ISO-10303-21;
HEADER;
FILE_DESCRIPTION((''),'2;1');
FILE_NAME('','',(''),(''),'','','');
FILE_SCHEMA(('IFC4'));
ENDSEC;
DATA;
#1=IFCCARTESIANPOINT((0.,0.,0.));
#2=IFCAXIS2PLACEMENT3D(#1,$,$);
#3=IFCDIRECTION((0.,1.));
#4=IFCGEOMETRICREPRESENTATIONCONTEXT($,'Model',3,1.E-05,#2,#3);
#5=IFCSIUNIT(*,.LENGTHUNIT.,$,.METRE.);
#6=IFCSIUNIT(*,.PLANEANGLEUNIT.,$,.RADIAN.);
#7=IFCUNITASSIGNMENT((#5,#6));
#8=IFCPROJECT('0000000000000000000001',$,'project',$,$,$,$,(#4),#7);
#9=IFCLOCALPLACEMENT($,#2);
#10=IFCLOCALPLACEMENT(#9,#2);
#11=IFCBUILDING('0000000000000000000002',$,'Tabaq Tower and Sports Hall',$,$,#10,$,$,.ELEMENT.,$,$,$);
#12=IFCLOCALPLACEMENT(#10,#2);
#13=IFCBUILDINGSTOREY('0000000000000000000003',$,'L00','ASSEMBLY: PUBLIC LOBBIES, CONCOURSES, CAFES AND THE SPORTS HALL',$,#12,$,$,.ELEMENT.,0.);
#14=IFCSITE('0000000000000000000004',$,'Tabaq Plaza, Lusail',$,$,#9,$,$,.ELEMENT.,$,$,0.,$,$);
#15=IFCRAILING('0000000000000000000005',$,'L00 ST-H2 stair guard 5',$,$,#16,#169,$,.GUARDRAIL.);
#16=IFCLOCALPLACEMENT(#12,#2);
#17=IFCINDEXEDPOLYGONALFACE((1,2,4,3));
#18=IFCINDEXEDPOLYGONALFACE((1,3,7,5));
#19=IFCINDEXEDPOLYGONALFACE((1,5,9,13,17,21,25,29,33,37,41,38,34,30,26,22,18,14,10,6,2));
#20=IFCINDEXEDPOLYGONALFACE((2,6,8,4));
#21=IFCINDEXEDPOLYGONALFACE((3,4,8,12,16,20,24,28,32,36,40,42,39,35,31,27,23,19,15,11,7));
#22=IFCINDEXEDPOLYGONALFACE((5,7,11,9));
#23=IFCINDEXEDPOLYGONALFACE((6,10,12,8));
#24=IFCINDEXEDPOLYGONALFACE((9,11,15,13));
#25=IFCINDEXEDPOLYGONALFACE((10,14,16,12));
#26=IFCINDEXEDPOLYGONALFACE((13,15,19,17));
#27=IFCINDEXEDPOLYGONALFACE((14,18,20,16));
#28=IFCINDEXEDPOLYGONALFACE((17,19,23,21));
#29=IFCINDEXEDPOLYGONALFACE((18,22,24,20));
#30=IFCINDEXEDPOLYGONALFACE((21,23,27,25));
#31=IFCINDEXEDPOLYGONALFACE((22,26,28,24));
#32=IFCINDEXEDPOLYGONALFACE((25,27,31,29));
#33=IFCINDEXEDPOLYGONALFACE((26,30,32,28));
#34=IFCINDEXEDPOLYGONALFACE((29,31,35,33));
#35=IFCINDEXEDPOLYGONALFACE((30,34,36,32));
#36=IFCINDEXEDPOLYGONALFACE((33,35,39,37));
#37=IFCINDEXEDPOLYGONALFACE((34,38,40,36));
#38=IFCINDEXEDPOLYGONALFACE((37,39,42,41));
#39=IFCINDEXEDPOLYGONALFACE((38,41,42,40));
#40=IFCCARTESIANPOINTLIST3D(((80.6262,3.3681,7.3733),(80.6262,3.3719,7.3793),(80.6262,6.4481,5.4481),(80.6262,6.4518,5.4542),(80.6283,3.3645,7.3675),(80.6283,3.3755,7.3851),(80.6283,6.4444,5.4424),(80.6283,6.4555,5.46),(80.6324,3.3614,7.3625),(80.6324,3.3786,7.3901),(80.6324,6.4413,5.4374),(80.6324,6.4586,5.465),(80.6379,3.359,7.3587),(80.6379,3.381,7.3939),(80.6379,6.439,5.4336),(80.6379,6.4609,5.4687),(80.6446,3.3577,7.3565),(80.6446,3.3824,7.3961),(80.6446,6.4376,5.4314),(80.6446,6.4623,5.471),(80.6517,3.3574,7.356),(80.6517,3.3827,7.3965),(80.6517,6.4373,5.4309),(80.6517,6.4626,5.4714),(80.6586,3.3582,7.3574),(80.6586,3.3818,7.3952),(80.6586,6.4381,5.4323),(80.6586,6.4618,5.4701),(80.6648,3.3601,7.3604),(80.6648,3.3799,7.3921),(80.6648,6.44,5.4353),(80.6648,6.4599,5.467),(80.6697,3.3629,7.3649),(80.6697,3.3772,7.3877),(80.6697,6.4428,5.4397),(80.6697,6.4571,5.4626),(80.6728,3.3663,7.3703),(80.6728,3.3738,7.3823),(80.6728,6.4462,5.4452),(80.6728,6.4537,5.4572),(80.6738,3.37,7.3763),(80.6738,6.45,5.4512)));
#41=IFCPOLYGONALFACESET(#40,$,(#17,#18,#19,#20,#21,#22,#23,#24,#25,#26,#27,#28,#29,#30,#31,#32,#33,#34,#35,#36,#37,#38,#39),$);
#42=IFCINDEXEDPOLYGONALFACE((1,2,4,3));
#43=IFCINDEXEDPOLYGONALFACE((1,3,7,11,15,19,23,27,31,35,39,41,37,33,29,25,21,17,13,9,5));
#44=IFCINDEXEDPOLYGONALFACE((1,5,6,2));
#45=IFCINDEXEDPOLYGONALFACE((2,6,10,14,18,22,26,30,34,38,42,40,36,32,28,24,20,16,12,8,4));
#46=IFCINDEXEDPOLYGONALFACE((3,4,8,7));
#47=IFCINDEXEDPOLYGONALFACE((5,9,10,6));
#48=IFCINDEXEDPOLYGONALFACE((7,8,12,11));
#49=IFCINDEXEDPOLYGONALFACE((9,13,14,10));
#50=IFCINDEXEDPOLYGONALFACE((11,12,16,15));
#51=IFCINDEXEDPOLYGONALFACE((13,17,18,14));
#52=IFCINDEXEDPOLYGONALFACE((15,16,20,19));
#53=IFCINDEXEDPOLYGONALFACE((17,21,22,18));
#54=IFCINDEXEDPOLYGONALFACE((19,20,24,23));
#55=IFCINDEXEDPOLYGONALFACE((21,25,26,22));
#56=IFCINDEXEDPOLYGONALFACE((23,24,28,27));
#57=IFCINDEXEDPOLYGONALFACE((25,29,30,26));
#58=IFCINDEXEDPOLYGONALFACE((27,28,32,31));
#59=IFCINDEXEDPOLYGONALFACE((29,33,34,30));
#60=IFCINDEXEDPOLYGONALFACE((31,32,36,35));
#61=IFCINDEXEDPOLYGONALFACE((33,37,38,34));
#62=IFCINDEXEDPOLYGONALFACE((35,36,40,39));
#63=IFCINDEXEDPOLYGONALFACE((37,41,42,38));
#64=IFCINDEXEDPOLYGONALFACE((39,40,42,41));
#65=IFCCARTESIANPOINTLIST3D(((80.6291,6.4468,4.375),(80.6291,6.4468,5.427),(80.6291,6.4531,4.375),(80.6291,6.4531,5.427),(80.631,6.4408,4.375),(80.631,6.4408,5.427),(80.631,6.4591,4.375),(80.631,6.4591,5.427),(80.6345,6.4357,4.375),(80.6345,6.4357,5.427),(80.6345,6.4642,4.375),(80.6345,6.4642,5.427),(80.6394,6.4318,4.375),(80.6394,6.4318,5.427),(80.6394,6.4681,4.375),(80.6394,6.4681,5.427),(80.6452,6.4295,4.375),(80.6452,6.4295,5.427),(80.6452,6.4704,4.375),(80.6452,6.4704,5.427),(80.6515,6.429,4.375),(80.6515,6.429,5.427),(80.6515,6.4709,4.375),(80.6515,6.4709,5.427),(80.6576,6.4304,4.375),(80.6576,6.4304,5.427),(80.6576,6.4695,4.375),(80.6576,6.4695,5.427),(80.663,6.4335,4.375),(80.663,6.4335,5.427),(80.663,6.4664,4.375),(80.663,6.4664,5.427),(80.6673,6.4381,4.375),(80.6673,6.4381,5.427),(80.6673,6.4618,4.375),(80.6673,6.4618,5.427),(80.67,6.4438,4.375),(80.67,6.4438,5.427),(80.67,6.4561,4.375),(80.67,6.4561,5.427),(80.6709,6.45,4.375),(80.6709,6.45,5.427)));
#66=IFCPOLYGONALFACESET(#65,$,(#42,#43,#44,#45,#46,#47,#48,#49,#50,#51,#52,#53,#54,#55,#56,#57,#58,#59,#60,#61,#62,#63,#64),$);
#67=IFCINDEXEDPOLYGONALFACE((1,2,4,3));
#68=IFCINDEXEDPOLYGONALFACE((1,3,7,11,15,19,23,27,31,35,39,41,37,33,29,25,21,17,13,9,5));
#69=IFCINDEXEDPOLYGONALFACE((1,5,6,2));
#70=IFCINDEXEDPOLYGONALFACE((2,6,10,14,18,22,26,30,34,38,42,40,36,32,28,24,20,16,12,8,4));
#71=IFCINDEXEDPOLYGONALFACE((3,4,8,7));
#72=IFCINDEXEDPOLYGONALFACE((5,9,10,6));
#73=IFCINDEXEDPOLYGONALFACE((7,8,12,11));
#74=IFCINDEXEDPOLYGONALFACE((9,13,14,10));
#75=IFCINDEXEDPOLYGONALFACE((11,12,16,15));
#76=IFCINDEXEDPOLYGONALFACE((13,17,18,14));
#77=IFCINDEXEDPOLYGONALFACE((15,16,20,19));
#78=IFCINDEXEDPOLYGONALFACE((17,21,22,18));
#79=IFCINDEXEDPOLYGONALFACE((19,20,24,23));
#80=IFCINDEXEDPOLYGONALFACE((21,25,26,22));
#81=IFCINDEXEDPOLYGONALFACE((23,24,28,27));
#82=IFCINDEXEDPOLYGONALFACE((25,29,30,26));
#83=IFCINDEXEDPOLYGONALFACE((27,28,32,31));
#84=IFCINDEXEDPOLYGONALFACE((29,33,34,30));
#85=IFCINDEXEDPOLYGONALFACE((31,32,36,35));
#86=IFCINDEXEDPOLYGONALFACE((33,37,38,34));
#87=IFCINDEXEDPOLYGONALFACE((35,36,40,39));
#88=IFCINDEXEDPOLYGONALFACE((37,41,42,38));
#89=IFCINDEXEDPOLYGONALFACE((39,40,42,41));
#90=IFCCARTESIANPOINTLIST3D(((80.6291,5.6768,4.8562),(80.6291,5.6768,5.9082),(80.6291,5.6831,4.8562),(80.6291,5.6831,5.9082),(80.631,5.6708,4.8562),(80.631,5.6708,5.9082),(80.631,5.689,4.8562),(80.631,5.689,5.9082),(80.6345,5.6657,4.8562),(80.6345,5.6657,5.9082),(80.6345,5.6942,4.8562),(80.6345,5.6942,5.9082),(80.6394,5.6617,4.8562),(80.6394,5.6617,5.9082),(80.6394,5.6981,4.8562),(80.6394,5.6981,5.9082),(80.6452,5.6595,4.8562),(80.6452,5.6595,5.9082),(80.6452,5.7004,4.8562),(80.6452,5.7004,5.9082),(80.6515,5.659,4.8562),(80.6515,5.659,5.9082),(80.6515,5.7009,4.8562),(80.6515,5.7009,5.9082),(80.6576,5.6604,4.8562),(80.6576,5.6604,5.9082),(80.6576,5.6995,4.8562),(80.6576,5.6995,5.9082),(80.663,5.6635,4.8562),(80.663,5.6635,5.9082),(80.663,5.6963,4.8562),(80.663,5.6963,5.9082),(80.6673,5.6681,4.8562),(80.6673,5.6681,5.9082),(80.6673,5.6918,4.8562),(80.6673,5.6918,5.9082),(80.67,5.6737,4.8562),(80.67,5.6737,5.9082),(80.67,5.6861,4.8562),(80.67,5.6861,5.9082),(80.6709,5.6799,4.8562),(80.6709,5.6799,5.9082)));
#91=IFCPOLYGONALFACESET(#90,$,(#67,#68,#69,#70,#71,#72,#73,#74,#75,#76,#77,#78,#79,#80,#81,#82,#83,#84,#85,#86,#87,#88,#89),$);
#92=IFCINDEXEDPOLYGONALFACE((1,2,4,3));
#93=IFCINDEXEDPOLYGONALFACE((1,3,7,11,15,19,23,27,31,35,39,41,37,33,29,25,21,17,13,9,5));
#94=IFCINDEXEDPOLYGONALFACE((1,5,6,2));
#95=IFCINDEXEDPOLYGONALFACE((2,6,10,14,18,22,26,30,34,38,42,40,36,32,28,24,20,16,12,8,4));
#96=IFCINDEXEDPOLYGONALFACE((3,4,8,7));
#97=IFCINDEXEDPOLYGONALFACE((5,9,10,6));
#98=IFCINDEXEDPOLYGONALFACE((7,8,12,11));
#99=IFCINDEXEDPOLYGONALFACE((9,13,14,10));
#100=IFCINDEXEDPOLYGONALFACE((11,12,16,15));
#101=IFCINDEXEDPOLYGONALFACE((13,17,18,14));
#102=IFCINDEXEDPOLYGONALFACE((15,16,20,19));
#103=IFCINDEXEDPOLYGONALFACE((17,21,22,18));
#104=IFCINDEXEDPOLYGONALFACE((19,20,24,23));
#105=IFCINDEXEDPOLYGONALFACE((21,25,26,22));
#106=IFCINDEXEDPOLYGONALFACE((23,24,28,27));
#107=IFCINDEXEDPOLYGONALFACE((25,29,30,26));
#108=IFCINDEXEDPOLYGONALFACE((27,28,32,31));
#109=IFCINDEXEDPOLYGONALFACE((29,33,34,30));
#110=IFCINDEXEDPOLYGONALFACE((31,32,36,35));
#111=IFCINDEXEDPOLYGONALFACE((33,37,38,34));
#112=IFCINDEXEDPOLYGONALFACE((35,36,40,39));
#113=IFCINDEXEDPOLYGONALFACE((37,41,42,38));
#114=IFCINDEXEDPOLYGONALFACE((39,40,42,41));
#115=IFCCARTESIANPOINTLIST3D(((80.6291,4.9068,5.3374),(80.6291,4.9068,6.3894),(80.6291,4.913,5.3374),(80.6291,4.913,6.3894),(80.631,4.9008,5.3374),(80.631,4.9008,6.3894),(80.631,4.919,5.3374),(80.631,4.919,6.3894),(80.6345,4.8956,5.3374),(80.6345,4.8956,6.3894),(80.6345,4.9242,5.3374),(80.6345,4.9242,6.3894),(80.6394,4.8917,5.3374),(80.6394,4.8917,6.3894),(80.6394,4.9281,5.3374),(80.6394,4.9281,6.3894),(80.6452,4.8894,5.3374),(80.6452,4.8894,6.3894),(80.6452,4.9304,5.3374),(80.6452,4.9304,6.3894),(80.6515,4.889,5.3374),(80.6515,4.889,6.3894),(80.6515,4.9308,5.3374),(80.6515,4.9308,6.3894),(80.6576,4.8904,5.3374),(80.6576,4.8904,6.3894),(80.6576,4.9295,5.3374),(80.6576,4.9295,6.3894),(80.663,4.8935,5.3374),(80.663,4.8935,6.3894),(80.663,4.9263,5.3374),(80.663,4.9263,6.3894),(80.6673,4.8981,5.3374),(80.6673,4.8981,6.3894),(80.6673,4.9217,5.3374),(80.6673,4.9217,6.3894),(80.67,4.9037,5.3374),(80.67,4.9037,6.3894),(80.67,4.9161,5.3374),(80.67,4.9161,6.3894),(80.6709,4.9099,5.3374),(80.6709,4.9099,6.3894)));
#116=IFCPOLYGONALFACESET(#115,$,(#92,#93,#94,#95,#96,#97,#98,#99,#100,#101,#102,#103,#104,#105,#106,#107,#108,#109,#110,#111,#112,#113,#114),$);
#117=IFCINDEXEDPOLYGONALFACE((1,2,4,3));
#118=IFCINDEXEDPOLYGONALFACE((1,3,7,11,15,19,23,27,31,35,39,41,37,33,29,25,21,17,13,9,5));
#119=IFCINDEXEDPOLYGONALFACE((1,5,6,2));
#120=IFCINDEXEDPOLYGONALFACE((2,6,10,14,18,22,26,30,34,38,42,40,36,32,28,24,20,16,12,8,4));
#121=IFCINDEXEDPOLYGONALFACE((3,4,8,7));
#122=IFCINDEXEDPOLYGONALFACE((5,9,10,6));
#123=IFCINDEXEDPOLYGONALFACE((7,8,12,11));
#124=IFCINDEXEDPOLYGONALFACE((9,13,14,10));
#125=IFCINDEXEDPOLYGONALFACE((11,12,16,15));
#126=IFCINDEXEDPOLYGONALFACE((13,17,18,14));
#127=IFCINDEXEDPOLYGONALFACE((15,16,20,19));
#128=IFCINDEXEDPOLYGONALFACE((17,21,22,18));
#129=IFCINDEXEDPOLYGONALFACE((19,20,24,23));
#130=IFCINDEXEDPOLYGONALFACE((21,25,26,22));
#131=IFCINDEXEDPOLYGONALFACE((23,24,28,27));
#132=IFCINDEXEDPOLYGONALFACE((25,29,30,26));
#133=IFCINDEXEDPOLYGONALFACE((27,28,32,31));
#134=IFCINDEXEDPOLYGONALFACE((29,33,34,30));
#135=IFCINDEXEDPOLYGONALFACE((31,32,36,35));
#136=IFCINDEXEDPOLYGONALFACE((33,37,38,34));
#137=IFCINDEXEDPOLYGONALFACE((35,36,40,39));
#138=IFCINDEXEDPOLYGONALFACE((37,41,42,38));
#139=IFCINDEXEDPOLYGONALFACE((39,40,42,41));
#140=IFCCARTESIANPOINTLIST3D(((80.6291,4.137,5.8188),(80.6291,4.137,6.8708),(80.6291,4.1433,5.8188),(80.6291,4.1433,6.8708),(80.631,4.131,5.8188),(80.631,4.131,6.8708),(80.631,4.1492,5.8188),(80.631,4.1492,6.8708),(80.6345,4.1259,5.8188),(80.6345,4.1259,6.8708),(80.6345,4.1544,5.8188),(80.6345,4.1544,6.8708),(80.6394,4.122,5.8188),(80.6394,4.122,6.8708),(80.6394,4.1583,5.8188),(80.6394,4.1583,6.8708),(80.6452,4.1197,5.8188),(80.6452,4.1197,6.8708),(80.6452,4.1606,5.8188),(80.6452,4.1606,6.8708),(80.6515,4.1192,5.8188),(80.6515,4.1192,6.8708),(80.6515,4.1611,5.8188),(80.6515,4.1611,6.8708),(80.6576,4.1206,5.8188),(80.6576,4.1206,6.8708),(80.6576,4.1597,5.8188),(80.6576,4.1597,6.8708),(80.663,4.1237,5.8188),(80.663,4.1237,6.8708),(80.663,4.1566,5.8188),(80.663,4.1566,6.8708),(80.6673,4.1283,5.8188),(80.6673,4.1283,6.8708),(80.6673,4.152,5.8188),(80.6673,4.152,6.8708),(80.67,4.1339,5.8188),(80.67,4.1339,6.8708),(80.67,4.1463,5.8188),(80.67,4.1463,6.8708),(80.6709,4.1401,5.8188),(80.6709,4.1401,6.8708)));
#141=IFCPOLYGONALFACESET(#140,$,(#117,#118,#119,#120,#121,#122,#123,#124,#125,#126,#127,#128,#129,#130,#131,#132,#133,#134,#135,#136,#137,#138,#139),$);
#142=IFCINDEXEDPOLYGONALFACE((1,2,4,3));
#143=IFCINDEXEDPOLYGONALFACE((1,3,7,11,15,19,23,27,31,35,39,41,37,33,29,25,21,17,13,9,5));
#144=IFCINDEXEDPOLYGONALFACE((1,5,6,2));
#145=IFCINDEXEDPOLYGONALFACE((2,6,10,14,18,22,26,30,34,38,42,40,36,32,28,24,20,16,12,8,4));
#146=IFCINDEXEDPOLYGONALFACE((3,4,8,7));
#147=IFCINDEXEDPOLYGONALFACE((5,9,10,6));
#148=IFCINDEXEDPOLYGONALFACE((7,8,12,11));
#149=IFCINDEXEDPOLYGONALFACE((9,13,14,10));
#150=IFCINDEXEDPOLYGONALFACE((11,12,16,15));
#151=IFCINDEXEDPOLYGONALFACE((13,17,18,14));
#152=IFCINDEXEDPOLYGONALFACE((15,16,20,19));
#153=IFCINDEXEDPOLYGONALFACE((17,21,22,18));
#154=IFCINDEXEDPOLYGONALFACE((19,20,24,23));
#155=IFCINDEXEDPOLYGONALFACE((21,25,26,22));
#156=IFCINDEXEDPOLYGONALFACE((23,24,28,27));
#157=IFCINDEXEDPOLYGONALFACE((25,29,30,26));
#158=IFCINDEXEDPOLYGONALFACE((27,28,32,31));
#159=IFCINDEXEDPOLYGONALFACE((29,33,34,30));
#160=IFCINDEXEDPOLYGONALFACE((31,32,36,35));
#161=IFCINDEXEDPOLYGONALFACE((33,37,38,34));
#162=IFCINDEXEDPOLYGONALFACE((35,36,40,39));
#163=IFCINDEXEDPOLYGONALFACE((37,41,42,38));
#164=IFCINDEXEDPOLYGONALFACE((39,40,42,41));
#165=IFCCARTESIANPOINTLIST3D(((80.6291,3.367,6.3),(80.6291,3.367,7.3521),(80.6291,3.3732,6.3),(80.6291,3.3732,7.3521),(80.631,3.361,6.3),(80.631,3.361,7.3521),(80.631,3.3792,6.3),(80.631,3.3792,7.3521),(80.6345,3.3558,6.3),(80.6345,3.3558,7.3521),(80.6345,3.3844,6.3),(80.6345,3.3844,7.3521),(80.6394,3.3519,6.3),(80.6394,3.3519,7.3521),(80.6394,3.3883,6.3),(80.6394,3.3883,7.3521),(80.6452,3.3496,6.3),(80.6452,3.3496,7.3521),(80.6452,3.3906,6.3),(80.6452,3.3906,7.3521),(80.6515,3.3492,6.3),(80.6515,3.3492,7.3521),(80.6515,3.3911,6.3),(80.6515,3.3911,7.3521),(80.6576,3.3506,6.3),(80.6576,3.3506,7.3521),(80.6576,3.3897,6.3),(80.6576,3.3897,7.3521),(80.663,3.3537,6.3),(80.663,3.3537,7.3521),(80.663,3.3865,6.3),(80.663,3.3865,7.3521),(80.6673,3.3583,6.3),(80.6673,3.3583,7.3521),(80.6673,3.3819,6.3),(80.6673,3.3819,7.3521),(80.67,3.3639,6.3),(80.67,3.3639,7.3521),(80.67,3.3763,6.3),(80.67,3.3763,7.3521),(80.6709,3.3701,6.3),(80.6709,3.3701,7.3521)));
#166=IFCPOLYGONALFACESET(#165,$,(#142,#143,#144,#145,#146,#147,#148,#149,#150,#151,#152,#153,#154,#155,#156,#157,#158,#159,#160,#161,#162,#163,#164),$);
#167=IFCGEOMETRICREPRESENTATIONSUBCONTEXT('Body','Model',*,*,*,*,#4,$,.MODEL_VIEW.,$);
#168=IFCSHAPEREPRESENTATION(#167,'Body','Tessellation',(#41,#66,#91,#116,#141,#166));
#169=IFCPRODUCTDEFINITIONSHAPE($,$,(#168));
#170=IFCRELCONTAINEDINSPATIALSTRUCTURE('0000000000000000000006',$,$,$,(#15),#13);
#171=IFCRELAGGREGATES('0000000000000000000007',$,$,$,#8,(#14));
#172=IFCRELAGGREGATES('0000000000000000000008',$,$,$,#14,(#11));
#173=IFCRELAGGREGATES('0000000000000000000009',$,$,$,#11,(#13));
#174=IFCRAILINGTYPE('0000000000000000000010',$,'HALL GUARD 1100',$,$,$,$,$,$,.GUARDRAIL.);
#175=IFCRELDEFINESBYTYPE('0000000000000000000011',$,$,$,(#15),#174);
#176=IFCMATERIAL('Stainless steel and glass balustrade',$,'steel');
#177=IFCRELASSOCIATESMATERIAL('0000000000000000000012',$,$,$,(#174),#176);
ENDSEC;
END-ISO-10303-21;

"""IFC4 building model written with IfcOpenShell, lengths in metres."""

from ifc_helpers import new_model, si_unit, direction, frame, origin, origin_2d, place, context, subcontext, project, spatial, circle, extrude, material, type_object, element, save


model = new_model("IFC4")

# Units and contexts
model_context = context("Model", 3, precision=1e-05, world=origin(), true_north=direction((0.0, 1.0)))
body_context = subcontext(model_context, "Body", "Model", "MODEL_VIEW")
ifc_project = project(units=[si_unit("LENGTHUNIT", "METRE"), si_unit("PLANEANGLEUNIT", "RADIAN")], contexts=[model_context])

# Site, building, storey
site_placement = place(None, origin())
site = spatial("IfcSite", under=ifc_project, at=site_placement, Name="Tabaq Plaza, Lusail", CompositionType="ELEMENT", RefElevation=0.0)
building_placement = place(site_placement, origin())
building = spatial("IfcBuilding", under=site, at=building_placement, Name="Tabaq Tower and Sports Hall", CompositionType="ELEMENT")
storey_placement = place(building_placement, origin())
storey = spatial("IfcBuildingStorey", under=building, at=storey_placement, Name="L00", Description="ASSEMBLY: PUBLIC LOBBIES, CONCOURSES, CAFES AND THE SPORTS HALL", CompositionType="ELEMENT", Elevation=0.0)

# Railing
ifc_material_1 = material(Name="Stainless steel and glass balustrade", Category="steel")
railing_type_1 = type_object("IfcRailingType", Name="HALL GUARD 1100", PredefinedType="GUARDRAIL", material=ifc_material_1)
railing_1_placement = place(storey_placement, frame((80.6499, 6.45, 4.375)))
element("IfcRailing", 1, at=railing_1_placement, inside=storey, type_object=railing_type_1, Name="L00 ST-H2 stair guard 5", PredefinedType="GUARDRAIL", context=body_context, shape_type="SweptSolid", body=[
    extrude(circle(Radius=0.0239, at=origin_2d()), frame((0.0, 0.0, 1.0762), z_axis=(0.0, -0.847979, 0.530029), x_axis=(1.0, 0.0, 0.0)), (0.0, 0.0, 1.0), 3.6321),
    extrude(circle(Radius=0.021, at=origin_2d()), origin(), (0.0, 0.0, 1.0), 1.052),
    extrude(circle(Radius=0.021, at=origin_2d()), frame((0.0, -0.77, 0.4812)), (0.0, 0.0, 1.0), 1.052),
    extrude(circle(Radius=0.021, at=origin_2d()), frame((0.0, -1.54, 0.9624)), (0.0, 0.0, 1.0), 1.052),
    extrude(circle(Radius=0.021, at=origin_2d()), frame((0.0, -2.3098, 1.4438)), (0.0, 0.0, 1.0), 1.052),
    extrude(circle(Radius=0.021, at=origin_2d()), frame((0.0, -3.0798, 1.925)), (0.0, 0.0, 1.0), 1.052),
])

save(model, "model.ifc")
